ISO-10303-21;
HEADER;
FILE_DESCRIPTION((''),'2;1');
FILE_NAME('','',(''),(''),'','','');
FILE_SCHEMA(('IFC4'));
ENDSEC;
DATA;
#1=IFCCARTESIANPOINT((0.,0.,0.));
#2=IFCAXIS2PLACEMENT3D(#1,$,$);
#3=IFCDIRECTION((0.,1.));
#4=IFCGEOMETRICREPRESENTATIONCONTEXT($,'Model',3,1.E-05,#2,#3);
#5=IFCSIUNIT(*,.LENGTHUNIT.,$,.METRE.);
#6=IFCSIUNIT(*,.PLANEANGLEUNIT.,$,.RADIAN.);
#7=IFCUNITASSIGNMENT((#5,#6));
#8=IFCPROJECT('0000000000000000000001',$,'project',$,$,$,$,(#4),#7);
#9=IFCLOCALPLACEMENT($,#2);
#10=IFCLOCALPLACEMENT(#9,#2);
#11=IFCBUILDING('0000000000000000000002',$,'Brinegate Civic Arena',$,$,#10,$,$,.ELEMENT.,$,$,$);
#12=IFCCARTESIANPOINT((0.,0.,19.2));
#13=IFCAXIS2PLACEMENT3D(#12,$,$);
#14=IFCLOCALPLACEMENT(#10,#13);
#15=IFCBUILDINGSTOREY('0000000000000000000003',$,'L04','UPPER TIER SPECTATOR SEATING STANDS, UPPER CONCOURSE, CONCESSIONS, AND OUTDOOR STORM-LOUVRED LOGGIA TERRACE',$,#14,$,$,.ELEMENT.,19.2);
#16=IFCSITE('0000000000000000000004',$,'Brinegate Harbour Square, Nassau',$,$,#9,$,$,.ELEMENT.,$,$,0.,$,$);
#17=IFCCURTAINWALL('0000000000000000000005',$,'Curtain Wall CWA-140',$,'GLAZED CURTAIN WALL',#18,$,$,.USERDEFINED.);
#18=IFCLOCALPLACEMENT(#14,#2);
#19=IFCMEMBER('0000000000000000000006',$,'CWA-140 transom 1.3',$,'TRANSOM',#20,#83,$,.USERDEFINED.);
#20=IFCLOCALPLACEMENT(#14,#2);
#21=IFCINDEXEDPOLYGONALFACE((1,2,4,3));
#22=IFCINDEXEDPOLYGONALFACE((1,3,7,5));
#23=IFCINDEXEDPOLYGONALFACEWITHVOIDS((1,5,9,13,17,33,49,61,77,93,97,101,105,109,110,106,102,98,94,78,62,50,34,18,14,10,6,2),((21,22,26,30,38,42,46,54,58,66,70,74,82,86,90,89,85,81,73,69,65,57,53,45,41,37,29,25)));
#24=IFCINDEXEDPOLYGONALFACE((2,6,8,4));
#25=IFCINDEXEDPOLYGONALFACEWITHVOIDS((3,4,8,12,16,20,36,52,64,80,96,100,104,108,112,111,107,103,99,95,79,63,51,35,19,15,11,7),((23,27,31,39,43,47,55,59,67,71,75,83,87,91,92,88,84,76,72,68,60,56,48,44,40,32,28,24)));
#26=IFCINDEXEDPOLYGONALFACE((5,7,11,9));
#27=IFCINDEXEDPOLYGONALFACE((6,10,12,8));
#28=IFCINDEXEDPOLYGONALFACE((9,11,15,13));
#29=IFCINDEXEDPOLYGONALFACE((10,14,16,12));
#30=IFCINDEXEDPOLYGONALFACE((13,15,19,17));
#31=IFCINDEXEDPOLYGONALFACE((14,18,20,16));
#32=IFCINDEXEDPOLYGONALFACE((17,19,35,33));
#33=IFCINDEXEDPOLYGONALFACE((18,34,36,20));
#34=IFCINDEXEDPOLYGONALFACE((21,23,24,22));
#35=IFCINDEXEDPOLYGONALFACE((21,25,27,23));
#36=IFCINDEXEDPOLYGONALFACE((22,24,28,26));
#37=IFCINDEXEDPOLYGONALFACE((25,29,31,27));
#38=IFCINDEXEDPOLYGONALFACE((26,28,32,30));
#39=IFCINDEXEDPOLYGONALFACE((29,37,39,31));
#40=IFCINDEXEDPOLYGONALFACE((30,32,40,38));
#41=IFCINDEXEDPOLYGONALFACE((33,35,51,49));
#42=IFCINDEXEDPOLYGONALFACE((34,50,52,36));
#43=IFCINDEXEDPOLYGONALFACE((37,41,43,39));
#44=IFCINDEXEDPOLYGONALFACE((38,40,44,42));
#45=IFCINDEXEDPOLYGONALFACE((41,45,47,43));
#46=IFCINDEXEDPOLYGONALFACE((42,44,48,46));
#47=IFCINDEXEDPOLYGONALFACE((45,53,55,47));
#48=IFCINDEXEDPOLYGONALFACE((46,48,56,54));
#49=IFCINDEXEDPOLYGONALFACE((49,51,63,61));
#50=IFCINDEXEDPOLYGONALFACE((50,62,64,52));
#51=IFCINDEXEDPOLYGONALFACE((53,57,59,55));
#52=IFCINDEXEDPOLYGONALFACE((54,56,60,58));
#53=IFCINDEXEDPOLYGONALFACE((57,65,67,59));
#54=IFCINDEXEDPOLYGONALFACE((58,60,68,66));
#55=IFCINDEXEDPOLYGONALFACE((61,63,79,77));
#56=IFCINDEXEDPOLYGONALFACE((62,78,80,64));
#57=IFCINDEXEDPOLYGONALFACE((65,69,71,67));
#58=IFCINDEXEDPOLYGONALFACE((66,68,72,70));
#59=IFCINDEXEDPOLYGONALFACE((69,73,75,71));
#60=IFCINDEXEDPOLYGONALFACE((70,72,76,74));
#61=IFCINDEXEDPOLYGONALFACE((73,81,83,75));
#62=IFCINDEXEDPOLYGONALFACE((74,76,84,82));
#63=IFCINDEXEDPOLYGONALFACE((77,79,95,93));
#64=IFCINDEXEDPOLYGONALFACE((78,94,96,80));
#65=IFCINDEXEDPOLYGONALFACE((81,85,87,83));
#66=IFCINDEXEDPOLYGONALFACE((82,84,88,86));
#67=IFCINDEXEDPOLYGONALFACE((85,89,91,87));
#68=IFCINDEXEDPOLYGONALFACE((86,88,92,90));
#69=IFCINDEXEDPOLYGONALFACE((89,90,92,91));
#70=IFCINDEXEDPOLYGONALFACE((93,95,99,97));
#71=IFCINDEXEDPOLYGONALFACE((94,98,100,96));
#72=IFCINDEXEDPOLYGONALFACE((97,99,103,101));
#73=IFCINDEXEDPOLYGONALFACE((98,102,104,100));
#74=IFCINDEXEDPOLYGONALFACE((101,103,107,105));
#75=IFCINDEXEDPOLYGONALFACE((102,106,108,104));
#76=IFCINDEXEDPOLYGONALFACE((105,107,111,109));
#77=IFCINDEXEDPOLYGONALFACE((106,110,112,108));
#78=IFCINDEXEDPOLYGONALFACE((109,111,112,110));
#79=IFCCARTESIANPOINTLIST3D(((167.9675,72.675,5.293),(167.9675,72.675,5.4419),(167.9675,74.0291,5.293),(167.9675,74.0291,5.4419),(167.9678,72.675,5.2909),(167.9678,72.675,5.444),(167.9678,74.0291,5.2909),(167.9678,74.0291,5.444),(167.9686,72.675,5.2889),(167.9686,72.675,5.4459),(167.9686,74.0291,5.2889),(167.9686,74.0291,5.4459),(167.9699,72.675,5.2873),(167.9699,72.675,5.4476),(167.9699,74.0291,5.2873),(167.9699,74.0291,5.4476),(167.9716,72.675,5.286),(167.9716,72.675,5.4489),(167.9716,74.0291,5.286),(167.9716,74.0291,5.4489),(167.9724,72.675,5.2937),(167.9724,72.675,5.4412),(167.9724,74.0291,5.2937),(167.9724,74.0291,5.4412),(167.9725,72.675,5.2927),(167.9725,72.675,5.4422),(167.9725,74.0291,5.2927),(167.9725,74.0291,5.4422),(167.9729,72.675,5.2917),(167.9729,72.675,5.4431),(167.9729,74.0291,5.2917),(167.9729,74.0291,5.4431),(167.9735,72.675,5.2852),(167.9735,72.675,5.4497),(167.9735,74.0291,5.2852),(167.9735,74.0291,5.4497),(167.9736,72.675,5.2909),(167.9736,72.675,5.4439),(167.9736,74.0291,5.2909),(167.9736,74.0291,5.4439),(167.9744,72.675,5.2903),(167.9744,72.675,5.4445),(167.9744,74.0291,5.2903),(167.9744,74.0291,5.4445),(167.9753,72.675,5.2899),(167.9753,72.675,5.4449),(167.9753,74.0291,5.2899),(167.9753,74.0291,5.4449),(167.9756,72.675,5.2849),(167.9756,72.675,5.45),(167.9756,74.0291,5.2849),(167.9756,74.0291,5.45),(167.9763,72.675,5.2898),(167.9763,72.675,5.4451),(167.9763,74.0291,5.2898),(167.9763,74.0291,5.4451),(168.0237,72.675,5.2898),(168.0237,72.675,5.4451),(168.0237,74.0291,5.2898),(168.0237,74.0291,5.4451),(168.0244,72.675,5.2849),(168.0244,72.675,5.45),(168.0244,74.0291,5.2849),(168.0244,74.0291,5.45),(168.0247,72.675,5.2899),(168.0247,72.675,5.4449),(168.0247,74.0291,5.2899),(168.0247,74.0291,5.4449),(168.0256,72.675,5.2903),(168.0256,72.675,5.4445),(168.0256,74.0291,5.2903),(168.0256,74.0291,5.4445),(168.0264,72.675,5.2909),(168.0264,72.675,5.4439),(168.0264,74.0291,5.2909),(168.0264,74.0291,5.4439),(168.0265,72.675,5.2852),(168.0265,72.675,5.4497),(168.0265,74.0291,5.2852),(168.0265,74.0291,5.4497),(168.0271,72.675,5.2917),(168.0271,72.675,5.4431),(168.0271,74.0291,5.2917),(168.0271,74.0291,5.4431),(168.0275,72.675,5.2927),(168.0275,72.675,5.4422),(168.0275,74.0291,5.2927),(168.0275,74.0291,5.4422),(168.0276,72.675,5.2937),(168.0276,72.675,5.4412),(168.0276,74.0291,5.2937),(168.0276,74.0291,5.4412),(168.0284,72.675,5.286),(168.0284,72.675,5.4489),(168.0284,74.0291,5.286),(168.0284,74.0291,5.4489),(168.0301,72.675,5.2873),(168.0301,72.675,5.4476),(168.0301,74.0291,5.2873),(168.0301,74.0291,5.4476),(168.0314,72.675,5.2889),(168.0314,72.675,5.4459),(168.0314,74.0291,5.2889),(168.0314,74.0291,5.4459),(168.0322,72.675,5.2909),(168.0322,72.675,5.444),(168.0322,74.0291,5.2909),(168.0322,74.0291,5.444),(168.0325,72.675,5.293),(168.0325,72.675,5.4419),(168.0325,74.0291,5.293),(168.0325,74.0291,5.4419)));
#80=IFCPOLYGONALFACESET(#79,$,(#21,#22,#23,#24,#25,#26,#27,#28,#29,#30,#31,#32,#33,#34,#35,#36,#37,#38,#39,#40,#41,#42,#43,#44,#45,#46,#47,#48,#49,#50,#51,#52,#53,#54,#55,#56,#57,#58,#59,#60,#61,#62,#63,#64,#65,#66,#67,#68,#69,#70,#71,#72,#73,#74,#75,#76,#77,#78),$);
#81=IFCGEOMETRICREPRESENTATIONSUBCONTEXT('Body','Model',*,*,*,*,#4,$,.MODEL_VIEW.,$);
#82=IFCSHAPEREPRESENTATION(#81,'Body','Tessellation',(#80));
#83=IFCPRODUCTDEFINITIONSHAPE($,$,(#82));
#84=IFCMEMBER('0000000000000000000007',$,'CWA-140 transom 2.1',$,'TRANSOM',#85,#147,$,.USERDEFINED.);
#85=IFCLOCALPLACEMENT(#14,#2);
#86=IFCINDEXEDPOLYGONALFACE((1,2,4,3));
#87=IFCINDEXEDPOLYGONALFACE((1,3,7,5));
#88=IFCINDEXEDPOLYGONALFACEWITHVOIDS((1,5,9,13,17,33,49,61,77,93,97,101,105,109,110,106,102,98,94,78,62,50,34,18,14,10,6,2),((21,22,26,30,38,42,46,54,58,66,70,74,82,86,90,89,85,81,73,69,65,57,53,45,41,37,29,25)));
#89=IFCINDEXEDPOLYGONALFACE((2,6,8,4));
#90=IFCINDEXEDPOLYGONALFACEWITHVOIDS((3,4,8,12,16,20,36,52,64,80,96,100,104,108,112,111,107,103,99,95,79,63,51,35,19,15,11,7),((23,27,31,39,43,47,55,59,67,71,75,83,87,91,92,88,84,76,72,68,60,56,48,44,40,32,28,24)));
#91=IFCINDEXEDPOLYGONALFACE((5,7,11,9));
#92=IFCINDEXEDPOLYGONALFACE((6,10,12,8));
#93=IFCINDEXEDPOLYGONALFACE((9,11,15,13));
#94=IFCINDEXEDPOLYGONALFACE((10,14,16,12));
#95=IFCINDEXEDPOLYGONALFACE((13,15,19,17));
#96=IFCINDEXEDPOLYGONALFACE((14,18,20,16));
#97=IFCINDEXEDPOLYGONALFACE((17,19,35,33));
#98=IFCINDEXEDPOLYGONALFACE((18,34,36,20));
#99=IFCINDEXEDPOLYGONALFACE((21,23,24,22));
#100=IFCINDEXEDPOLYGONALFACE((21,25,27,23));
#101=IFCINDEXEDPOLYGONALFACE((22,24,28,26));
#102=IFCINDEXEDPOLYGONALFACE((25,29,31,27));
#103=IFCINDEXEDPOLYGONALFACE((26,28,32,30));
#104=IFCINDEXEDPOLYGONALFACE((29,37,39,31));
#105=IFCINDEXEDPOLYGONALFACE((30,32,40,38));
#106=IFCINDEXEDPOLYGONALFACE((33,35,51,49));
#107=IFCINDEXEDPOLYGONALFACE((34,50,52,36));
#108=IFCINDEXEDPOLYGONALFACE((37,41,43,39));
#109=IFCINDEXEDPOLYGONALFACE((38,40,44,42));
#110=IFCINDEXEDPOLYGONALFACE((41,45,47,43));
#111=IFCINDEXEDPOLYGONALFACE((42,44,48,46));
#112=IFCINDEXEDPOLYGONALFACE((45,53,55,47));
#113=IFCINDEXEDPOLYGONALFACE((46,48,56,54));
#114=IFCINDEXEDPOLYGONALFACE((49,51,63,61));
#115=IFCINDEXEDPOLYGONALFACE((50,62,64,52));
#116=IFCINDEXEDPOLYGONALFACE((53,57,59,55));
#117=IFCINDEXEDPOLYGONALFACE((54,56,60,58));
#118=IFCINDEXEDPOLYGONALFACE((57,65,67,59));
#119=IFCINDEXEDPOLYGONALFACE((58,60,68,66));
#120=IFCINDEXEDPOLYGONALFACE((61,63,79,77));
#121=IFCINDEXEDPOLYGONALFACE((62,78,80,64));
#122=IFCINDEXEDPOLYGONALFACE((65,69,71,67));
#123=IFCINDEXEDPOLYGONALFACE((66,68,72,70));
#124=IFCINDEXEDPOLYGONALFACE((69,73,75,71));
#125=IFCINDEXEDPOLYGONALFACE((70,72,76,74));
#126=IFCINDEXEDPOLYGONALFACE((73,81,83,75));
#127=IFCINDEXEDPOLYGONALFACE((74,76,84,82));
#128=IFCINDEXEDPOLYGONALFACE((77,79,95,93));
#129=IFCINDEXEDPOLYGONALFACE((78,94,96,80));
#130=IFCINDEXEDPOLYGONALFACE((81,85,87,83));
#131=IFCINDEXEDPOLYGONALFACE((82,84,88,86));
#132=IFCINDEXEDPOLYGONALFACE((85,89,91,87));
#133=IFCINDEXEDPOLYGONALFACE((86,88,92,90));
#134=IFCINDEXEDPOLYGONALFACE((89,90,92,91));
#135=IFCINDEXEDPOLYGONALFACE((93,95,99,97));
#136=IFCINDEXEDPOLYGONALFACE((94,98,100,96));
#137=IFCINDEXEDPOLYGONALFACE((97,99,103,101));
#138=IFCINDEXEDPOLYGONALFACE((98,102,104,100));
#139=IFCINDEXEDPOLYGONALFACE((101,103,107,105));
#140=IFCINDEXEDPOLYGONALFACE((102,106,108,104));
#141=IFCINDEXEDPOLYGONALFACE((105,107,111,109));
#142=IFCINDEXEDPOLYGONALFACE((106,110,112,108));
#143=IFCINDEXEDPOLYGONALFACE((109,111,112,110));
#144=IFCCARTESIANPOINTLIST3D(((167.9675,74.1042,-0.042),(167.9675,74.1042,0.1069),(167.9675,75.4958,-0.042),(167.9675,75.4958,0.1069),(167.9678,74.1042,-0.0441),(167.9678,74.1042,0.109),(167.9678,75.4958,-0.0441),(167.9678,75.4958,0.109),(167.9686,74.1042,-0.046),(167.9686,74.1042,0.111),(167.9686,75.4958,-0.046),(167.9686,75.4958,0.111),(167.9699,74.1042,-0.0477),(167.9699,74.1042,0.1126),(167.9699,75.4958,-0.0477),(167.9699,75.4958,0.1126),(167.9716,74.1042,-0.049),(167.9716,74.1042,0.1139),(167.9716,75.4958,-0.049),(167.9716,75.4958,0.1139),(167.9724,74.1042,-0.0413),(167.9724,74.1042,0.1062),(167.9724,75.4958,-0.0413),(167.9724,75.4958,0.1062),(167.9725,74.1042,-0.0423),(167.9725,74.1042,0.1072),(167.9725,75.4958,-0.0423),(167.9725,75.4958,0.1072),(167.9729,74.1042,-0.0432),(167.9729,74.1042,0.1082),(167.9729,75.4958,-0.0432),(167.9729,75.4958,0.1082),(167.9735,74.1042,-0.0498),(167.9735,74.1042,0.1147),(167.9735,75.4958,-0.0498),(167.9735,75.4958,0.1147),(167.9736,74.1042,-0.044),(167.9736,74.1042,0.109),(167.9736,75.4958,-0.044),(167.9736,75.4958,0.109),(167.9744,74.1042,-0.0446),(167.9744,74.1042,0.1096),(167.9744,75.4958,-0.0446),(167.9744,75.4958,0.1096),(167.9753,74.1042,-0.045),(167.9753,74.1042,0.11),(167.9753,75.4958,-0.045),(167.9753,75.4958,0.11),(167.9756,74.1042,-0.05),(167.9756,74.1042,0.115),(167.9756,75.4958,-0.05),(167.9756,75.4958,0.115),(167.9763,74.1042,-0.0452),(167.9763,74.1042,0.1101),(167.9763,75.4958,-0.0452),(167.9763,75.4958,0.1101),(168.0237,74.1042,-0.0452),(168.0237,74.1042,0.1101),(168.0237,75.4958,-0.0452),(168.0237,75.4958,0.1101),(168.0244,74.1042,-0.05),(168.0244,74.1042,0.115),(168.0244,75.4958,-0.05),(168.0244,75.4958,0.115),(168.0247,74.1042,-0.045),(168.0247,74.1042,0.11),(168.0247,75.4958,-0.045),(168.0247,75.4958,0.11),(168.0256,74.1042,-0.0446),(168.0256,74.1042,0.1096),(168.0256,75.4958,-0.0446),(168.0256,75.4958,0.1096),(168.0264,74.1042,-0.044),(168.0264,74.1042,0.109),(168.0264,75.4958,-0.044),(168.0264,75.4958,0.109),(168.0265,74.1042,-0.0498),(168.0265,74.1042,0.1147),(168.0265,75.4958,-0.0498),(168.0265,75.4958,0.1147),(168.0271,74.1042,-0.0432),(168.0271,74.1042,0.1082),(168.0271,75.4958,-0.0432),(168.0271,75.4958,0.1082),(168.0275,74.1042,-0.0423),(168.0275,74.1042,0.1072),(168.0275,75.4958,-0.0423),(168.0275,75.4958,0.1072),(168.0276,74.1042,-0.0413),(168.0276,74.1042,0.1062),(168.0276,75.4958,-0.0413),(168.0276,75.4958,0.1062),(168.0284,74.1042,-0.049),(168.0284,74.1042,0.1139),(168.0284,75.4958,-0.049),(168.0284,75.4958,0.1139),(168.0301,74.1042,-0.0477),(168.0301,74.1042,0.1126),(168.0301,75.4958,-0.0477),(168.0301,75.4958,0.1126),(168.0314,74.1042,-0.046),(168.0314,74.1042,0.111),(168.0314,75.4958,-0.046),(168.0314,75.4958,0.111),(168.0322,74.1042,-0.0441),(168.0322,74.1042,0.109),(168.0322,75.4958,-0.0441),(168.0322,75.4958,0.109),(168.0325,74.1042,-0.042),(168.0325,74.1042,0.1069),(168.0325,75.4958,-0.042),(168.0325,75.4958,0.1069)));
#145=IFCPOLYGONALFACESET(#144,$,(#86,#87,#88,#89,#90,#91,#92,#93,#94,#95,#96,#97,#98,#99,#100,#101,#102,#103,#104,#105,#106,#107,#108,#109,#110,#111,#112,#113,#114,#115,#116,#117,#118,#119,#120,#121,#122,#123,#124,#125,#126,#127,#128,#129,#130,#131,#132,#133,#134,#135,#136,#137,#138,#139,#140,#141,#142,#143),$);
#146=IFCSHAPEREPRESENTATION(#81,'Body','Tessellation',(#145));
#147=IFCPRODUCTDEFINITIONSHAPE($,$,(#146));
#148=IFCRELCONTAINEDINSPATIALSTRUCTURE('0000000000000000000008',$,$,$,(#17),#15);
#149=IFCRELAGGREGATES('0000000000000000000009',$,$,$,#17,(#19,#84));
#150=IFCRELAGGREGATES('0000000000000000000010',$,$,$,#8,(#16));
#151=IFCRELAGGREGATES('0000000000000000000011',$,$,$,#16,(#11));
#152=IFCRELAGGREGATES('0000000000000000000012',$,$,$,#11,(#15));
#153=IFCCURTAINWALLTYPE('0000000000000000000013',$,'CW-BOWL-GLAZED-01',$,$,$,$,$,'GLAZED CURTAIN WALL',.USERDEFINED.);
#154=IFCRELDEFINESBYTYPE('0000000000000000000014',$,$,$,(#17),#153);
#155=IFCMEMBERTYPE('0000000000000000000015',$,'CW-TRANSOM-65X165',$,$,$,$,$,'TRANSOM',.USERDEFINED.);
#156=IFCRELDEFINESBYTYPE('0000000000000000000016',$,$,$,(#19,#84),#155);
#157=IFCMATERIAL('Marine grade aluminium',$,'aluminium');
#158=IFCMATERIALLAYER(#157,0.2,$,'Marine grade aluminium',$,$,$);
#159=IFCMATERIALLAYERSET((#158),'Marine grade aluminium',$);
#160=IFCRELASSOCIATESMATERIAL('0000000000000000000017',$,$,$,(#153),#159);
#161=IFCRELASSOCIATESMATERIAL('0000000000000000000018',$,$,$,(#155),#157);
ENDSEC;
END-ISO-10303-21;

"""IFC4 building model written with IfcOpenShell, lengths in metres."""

from ifc_helpers import new_model, si_unit, direction, frame, origin, origin_2d, place, context, subcontext, project, spatial, hollow_rectangle, extrude, material, layer, layer_set, material_profile, profile_set, type_object, element, aggregate, save


model = new_model("IFC4")

# Units and contexts
model_context = context("Model", 3, precision=1e-05, world=origin(), true_north=direction((0.0, 1.0)))
body_context = subcontext(model_context, "Body", "Model", "MODEL_VIEW")
ifc_project = project(units=[si_unit("LENGTHUNIT", "METRE"), si_unit("PLANEANGLEUNIT", "RADIAN")], contexts=[model_context])

# Site, building, storey
site_placement = place(None, origin())
site = spatial("IfcSite", under=ifc_project, at=site_placement, Name="Brinegate Harbour Square, Nassau", CompositionType="ELEMENT", RefElevation=0.0)
building_placement = place(site_placement, origin())
building = spatial("IfcBuilding", under=site, at=building_placement, Name="Brinegate Civic Arena", CompositionType="ELEMENT")
storey_placement = place(building_placement, frame((0.0, 0.0, 19.2)))
storey = spatial("IfcBuildingStorey", under=building, at=storey_placement, Name="L04", Description="UPPER TIER SPECTATOR SEATING STANDS, UPPER CONCOURSE, CONCESSIONS, AND OUTDOOR STORM-LOUVRED LOGGIA TERRACE", CompositionType="ELEMENT", Elevation=19.2)

# Curtain wall
ifc_material_1 = material(Name="Marine grade aluminium", Category="aluminium")
ifc_layer_1 = layer(ifc_material_1, 0.2, Name="Marine grade aluminium")
ifc_layer_set_1 = layer_set([ifc_layer_1], Name="Marine grade aluminium")
curtain_wall_type = type_object("IfcCurtainWallType", Name="CW-BOWL-GLAZED-01", ElementType="GLAZED CURTAIN WALL", PredefinedType="USERDEFINED", material=ifc_layer_set_1)
curtain_wall_1_placement = place(storey_placement, origin())
curtain_wall_1 = element("IfcCurtainWall", 1, at=curtain_wall_1_placement, inside=storey, type_object=curtain_wall_type, Name="Curtain Wall CWA-140", ObjectType="GLAZED CURTAIN WALL", PredefinedType="USERDEFINED")

# Members
ifc_material_profile_1 = material_profile(ifc_material_1, hollow_rectangle(XDim=0.0649, YDim=0.165, WallThickness=0.0049, InnerFilletRadius=0.0039, OuterFilletRadius=0.0081, at=origin_2d()), Name="TRN65X165")
ifc_profile_set_1 = profile_set([ifc_material_profile_1], Name="Marine grade aluminium")
member_type_1 = type_object("IfcMemberType", Name="CW-TRANSOM-65X165", ElementType="TRANSOM", PredefinedType="USERDEFINED", material=ifc_profile_set_1)
member_1_placement = place(storey_placement, frame((168.0, 72.675, 5.3674), z_axis=(0.0, 1.0, 0.0), x_axis=(-1.0, 0.0, 0.0)))
member_1 = element("IfcMember", 2, at=member_1_placement, type_object=member_type_1, Name="CWA-140 transom 1.3", ObjectType="TRANSOM", PredefinedType="USERDEFINED", context=body_context, shape_type="SweptSolid", body=[
    extrude(hollow_rectangle(XDim=0.0649, YDim=0.165, WallThickness=0.0049, InnerFilletRadius=0.0039, OuterFilletRadius=0.0081, at=origin_2d()), origin(), (0.0, 0.0, 1.0), 1.354),
])
member_2_placement = place(storey_placement, frame((168.0, 74.1042, 0.0325), z_axis=(0.0, 1.0, 0.0), x_axis=(-1.0, 0.0, 0.0)))
member_2 = element("IfcMember", 3, at=member_2_placement, type_object=member_type_1, Name="CWA-140 transom 2.1", ObjectType="TRANSOM", PredefinedType="USERDEFINED", context=body_context, shape_type="SweptSolid", body=[
    extrude(hollow_rectangle(XDim=0.0649, YDim=0.165, WallThickness=0.0049, InnerFilletRadius=0.0039, OuterFilletRadius=0.0081, at=origin_2d()), origin(), (0.0, 0.0, 1.0), 1.3916),
])

aggregate(curtain_wall_1, [member_1, member_2])

save(model, "model.ifc")
